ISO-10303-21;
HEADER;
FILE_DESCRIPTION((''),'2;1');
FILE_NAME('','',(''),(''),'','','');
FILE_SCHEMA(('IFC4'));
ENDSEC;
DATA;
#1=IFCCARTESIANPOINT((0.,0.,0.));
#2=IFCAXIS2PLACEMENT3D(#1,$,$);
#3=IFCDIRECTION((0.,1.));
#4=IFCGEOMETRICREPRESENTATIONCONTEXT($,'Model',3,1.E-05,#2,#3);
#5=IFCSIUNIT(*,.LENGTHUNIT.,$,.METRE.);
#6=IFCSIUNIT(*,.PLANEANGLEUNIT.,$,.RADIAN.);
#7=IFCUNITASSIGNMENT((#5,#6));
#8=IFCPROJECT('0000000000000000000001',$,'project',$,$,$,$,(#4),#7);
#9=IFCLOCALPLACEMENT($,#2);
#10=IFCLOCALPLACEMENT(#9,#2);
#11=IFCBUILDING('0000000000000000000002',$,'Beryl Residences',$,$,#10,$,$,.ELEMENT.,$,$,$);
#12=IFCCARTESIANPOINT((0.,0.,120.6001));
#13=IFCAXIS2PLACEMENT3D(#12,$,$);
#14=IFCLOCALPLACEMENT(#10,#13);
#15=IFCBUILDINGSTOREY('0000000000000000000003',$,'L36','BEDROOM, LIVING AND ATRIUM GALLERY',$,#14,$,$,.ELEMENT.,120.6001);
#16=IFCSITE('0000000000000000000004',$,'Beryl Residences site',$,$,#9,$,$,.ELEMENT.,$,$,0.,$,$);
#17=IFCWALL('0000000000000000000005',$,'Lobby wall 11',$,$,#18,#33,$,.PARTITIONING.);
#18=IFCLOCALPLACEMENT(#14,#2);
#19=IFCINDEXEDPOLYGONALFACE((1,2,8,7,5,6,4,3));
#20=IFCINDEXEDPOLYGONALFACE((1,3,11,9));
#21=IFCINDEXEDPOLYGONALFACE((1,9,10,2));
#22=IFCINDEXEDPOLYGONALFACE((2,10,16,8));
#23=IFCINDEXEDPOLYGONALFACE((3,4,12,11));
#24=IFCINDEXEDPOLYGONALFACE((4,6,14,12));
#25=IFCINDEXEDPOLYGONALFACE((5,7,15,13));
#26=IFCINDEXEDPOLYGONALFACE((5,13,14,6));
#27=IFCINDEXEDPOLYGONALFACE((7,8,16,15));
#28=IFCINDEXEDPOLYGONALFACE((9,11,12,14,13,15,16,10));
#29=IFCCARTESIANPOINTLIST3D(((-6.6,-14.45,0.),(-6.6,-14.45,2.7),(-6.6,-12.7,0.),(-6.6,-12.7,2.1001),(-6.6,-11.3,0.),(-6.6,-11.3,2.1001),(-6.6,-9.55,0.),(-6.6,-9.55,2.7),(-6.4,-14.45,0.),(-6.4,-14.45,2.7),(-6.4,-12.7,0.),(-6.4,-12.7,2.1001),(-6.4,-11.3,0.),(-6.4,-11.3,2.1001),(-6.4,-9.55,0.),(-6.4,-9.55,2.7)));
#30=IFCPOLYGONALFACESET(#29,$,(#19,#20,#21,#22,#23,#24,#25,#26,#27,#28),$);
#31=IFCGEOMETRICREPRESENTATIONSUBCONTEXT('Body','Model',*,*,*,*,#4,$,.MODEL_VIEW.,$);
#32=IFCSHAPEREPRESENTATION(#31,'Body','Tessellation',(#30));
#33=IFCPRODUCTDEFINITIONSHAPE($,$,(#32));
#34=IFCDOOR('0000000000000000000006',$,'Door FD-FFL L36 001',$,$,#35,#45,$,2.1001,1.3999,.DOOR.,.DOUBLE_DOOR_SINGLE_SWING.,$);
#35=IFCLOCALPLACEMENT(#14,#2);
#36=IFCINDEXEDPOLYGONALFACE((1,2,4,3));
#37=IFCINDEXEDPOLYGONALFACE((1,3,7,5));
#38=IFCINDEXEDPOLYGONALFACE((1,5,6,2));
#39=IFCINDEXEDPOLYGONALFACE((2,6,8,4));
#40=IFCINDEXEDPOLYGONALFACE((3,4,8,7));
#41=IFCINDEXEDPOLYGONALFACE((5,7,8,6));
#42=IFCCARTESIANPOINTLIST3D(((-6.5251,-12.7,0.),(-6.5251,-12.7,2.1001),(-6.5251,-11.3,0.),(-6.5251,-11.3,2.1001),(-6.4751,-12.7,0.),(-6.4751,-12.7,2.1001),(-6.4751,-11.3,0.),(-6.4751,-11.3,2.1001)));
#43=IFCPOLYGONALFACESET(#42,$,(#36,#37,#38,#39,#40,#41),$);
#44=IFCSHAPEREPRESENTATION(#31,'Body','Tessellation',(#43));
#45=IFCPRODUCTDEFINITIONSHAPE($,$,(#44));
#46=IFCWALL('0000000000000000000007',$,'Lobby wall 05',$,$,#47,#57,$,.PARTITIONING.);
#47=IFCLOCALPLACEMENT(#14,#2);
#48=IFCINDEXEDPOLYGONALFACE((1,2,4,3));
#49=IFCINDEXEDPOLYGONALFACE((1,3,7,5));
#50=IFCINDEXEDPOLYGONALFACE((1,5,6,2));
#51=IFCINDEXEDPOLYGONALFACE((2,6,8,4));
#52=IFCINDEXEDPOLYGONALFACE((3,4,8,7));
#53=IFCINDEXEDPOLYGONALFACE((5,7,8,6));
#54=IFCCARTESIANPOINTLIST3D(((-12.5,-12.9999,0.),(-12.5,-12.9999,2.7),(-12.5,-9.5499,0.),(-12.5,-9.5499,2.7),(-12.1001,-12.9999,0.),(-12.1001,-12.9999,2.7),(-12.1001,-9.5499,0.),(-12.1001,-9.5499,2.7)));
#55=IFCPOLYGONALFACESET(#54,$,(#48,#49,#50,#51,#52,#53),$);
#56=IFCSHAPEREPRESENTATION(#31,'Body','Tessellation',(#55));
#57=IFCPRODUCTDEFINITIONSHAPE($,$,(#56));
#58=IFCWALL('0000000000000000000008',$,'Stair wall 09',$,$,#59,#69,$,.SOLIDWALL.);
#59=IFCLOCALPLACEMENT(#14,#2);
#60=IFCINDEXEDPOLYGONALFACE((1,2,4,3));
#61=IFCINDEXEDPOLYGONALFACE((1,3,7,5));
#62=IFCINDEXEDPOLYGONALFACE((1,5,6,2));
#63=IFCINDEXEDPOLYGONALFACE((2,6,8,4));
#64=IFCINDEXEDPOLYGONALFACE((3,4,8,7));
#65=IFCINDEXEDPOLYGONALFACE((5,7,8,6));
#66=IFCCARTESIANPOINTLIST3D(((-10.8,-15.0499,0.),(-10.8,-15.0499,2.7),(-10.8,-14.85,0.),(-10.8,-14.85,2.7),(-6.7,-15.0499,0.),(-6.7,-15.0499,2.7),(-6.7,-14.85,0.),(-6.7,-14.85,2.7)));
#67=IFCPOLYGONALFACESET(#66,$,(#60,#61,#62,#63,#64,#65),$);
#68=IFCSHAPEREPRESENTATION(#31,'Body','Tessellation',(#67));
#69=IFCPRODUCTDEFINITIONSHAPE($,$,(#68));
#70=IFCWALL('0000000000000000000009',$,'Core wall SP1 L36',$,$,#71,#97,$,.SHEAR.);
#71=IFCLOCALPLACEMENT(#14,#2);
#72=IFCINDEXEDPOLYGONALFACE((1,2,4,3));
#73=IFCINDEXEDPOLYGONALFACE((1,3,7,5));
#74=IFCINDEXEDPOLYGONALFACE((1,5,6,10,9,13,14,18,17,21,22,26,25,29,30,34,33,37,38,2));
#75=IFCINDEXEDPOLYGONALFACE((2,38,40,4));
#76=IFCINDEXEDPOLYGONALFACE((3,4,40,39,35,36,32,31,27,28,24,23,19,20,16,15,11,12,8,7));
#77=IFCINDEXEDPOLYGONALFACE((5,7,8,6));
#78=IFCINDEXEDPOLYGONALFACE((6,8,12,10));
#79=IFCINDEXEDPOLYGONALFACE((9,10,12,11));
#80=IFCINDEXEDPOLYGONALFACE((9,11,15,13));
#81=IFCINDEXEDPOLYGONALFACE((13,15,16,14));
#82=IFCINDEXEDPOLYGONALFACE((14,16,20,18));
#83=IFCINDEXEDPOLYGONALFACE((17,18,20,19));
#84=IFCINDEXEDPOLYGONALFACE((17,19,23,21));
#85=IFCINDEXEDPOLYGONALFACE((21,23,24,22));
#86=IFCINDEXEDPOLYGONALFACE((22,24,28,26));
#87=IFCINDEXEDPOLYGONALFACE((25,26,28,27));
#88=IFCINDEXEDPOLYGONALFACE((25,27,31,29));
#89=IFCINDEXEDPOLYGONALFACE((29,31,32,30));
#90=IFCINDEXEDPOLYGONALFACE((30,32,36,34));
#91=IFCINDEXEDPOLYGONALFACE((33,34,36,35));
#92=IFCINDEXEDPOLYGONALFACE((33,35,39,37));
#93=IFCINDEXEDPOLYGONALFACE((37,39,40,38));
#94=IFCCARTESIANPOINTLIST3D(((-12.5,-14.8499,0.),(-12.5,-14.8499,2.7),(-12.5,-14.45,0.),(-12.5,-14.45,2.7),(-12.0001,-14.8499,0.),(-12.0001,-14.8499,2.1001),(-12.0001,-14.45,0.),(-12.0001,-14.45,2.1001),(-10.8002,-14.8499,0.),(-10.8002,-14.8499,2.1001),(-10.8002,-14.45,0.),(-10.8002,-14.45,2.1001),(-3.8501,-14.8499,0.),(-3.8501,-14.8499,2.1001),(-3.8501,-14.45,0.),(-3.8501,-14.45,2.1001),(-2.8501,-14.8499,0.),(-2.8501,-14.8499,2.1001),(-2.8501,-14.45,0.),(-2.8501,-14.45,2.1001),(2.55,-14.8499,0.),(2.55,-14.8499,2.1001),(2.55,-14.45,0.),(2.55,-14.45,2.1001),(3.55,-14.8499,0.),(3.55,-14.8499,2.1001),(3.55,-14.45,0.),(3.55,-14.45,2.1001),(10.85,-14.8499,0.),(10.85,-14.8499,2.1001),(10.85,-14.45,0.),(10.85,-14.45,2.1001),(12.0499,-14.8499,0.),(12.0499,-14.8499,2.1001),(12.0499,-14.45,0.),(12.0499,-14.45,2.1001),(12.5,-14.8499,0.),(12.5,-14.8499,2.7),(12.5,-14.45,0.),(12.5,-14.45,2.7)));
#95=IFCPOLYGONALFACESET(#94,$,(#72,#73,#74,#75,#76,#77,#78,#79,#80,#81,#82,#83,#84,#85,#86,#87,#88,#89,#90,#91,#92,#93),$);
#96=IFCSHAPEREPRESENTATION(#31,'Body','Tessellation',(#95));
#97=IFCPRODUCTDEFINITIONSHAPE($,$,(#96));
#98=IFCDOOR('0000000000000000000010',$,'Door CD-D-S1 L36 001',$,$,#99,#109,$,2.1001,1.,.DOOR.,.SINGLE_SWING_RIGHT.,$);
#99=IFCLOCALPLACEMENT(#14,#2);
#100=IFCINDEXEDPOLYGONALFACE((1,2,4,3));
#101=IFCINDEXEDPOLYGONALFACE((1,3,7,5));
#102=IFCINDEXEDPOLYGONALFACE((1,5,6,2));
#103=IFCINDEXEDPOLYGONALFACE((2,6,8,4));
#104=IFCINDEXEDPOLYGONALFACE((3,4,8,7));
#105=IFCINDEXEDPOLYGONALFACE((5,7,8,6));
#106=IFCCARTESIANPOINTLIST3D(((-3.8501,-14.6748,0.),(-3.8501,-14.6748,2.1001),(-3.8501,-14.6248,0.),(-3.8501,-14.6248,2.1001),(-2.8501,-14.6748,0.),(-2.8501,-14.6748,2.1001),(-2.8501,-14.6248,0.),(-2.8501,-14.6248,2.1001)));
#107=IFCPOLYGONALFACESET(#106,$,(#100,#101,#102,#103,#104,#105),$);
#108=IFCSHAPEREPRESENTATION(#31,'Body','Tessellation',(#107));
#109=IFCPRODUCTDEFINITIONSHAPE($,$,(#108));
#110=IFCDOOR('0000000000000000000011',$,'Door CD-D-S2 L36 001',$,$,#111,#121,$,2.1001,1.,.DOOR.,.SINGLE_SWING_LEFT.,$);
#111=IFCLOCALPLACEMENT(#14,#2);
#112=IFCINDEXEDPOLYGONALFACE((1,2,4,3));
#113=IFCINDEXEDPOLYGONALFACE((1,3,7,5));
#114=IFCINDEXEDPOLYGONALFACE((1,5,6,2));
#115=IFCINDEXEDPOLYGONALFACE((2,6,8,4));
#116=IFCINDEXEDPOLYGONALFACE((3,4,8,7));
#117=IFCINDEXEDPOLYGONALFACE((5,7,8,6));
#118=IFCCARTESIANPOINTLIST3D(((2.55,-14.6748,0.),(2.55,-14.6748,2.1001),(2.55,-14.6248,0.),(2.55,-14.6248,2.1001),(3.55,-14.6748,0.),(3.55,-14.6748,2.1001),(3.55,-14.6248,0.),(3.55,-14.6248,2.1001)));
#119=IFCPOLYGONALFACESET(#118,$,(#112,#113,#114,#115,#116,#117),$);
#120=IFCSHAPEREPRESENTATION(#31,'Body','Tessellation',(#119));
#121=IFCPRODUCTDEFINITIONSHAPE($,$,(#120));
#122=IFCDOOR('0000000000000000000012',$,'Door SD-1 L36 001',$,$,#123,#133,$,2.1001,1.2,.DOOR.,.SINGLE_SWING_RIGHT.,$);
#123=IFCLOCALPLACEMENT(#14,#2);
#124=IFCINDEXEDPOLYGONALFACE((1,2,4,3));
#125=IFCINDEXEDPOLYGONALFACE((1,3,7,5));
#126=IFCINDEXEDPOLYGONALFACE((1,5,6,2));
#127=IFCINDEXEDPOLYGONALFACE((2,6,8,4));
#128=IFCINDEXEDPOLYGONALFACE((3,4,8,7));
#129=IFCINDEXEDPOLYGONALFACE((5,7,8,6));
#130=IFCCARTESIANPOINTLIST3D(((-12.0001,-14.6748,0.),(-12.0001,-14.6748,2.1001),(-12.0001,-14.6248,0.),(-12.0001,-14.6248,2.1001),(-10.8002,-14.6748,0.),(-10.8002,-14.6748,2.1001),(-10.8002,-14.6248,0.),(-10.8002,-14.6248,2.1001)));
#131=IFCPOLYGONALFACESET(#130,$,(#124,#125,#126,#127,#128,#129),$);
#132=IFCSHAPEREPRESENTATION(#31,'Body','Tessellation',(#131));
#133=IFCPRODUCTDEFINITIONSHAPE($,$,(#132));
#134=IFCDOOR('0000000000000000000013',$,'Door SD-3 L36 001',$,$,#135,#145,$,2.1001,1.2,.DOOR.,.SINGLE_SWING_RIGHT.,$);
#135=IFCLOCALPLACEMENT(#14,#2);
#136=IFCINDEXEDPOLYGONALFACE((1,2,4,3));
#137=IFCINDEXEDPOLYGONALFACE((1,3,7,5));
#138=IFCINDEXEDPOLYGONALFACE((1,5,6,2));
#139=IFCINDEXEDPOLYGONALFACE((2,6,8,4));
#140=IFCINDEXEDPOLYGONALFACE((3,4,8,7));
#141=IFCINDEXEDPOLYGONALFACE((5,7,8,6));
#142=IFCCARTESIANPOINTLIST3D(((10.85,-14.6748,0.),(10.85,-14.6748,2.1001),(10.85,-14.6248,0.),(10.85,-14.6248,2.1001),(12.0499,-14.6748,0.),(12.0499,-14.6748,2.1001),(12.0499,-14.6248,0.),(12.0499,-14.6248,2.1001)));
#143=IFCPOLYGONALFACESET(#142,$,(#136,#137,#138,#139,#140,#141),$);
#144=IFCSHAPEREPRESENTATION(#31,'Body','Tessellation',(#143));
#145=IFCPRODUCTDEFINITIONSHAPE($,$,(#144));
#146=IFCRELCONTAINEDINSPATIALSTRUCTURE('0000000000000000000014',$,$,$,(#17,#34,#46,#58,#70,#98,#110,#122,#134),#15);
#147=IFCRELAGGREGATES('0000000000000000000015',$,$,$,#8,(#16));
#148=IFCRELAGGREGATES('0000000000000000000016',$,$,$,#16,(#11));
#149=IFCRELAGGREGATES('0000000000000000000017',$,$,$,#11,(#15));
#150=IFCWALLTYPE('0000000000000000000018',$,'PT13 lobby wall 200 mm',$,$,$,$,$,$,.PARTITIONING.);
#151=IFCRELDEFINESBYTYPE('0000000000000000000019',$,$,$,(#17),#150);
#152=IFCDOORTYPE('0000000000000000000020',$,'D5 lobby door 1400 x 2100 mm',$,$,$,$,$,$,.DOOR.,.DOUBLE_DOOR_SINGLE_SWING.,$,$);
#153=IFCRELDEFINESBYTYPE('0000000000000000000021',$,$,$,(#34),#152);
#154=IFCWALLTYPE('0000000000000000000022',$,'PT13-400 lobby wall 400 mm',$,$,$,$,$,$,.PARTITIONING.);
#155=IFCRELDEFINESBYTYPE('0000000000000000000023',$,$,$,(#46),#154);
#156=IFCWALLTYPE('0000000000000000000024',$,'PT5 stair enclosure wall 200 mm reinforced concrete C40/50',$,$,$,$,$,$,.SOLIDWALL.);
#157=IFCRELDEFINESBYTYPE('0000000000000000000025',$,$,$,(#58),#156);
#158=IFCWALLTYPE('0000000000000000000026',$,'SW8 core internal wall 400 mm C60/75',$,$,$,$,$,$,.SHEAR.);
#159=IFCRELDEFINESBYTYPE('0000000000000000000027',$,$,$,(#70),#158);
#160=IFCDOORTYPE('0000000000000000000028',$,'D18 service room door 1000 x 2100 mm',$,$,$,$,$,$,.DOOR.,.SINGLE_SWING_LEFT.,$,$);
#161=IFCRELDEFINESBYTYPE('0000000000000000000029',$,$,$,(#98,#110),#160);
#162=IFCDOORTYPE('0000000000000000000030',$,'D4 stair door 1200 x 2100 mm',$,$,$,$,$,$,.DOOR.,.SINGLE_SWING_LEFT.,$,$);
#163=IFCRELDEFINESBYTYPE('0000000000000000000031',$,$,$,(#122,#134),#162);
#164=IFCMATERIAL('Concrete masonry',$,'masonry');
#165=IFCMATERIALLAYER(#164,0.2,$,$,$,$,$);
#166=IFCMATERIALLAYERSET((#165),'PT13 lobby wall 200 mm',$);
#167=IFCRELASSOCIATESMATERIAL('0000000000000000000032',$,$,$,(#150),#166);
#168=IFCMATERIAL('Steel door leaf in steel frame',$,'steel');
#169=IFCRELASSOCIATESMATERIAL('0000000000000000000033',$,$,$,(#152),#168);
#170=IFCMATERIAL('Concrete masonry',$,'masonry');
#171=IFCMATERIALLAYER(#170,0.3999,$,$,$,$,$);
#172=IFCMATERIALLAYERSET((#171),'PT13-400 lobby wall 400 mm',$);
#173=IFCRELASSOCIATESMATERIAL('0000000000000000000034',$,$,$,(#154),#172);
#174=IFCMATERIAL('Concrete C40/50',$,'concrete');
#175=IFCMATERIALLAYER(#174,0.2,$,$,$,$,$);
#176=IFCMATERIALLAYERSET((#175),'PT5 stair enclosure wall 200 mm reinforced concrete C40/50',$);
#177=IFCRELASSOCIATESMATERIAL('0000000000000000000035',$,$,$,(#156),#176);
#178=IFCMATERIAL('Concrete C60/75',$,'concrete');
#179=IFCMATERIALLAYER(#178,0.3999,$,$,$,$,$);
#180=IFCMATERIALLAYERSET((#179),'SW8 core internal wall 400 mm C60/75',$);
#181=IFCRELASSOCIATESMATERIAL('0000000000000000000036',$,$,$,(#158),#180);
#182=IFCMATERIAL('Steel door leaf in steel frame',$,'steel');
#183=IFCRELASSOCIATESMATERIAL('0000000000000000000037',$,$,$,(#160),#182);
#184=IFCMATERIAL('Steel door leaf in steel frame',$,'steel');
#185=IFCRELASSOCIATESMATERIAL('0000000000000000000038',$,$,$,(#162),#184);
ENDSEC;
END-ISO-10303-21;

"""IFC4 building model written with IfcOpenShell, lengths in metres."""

from ifc_helpers import new_model, si_unit, direction, frame, frame_2d, origin, place, context, subcontext, project, spatial, rectangle, extrude, material, layer, layer_set, type_object, element, fill, save


model = new_model("IFC4")

# Units and contexts
model_context = context("Model", 3, precision=1e-05, world=origin(), true_north=direction((0.0, 1.0)))
body_context = subcontext(model_context, "Body", "Model", "MODEL_VIEW")
ifc_project = project(units=[si_unit("LENGTHUNIT", "METRE"), si_unit("PLANEANGLEUNIT", "RADIAN")], contexts=[model_context])

# Site, building, storey
site_placement = place(None, origin())
site = spatial("IfcSite", under=ifc_project, at=site_placement, Name="Beryl Residences site", CompositionType="ELEMENT", RefElevation=0.0)
building_placement = place(site_placement, origin())
building = spatial("IfcBuilding", under=site, at=building_placement, Name="Beryl Residences", CompositionType="ELEMENT")
storey_placement = place(building_placement, frame((0.0, 0.0, 120.6001)))
storey = spatial("IfcBuildingStorey", under=building, at=storey_placement, Name="L36", Description="BEDROOM, LIVING AND ATRIUM GALLERY", CompositionType="ELEMENT", Elevation=120.6001)

# Wall, opening, door
ifc_material_1 = material(Name="Concrete masonry", Category="masonry")
ifc_layer_1 = layer(ifc_material_1, 0.2)
ifc_layer_set_1 = layer_set([ifc_layer_1], Name="PT13 lobby wall 200 mm")
wall_type_1 = type_object("IfcWallType", Name="PT13 lobby wall 200 mm", PredefinedType="PARTITIONING", material=ifc_layer_set_1)
wall_1_placement = place(storey_placement, frame((-6.5, -14.45, 0.0), z_axis=(0.0, 0.0, 1.0), x_axis=(0.0, 1.0, 0.0)))
wall_1 = element("IfcWall", 1, at=wall_1_placement, inside=storey, type_object=wall_type_1, Name="Lobby wall 11", PredefinedType="PARTITIONING", context=body_context, shape_type="SweptSolid", body=[
    extrude(rectangle(XDim=4.8999, YDim=0.2, at=frame_2d((2.45, 0.0))), origin(), (0.0, 0.0, 1.0), 2.7),
])
opening_1_placement = place(wall_1_placement, frame((3.1499, 0.0, 0.0), z_axis=(0.0, 0.0, 1.0), x_axis=(-1.0, 0.0, 0.0)))
opening_1 = element("IfcOpeningElement", 2, at=opening_1_placement, cuts=wall_1, PredefinedType="OPENING", context=body_context, shape_type="SweptSolid", body=[
    extrude(rectangle(XDim=1.3999, YDim=2.1001, at=frame_2d((0.7, 1.05))), frame((0.0, 0.1099, 0.0), z_axis=(0.0, -1.0, 0.0), x_axis=(1.0, 0.0, 0.0)), (0.0, 0.0, 1.0), 0.22),
])
ifc_material_2 = material(Name="Steel door leaf in steel frame", Category="steel")
door_type_1 = type_object("IfcDoorType", Name="D5 lobby door 1400 x 2100 mm", OperationType="DOUBLE_DOOR_SINGLE_SWING", PredefinedType="DOOR", material=ifc_material_2)
door_1_placement = place(opening_1_placement, origin())
door_1 = element("IfcDoor", 3, at=door_1_placement, inside=storey, type_object=door_type_1, Name="Door FD-FFL L36 001", OperationType="DOUBLE_DOOR_SINGLE_SWING", OverallHeight=2.1001, OverallWidth=1.3999, PredefinedType="DOOR", context=body_context, shape_type="SweptSolid", body=[
    extrude(rectangle(XDim=1.3999, YDim=2.1001, at=frame_2d((0.7, 1.05))), frame((0.0, 0.0249, 0.0), z_axis=(0.0, -1.0, 0.0), x_axis=(1.0, 0.0, 0.0)), (0.0, 0.0, 1.0), 0.05),
])
fill(opening_1, door_1)

# Walls
ifc_material_3 = material(Name="Concrete masonry", Category="masonry")
ifc_layer_2 = layer(ifc_material_3, 0.3999)
ifc_layer_set_2 = layer_set([ifc_layer_2], Name="PT13-400 lobby wall 400 mm")
wall_type_2 = type_object("IfcWallType", Name="PT13-400 lobby wall 400 mm", PredefinedType="PARTITIONING", material=ifc_layer_set_2)
wall_2_placement = place(storey_placement, frame((-12.3, -13.0, 0.0), z_axis=(0.0, 0.0, 1.0), x_axis=(0.0, 1.0, 0.0)))
element("IfcWall", 4, at=wall_2_placement, inside=storey, type_object=wall_type_2, Name="Lobby wall 05", PredefinedType="PARTITIONING", context=body_context, shape_type="SweptSolid", body=[
    extrude(rectangle(XDim=3.45, YDim=0.3999, at=frame_2d((1.7251, 0.0))), origin(), (0.0, 0.0, 1.0), 2.7),
])
ifc_material_4 = material(Name="Concrete C40/50", Category="concrete")
ifc_layer_3 = layer(ifc_material_4, 0.2)
ifc_layer_set_3 = layer_set([ifc_layer_3], Name="PT5 stair enclosure wall 200 mm reinforced concrete C40/50")
wall_type_3 = type_object("IfcWallType", Name="PT5 stair enclosure wall 200 mm reinforced concrete C40/50", PredefinedType="SOLIDWALL", material=ifc_layer_set_3)
wall_3_placement = place(storey_placement, frame((-10.8, -14.95, 0.0), z_axis=(0.0, 0.0, 1.0), x_axis=(1.0, 0.0, 0.0)))
element("IfcWall", 5, at=wall_3_placement, inside=storey, type_object=wall_type_3, Name="Stair wall 09", PredefinedType="SOLIDWALL", context=body_context, shape_type="SweptSolid", body=[
    extrude(rectangle(XDim=4.1001, YDim=0.2, at=frame_2d((2.05, 0.0))), origin(), (0.0, 0.0, 1.0), 2.7),
])

# Wall, openings, doors
ifc_material_5 = material(Name="Concrete C60/75", Category="concrete")
ifc_layer_4 = layer(ifc_material_5, 0.3999)
ifc_layer_set_4 = layer_set([ifc_layer_4], Name="SW8 core internal wall 400 mm C60/75")
wall_type_4 = type_object("IfcWallType", Name="SW8 core internal wall 400 mm C60/75", PredefinedType="SHEAR", material=ifc_layer_set_4)
wall_4_placement = place(storey_placement, frame((-12.5, -14.6499, 0.0), z_axis=(0.0, 0.0, 1.0), x_axis=(1.0, 0.0, 0.0)))
wall_4 = element("IfcWall", 6, at=wall_4_placement, inside=storey, type_object=wall_type_4, Name="Core wall SP1 L36", PredefinedType="SHEAR", context=body_context, shape_type="SweptSolid", body=[
    extrude(rectangle(XDim=25.0, YDim=0.3999, at=frame_2d((12.5, 0.0))), origin(), (0.0, 0.0, 1.0), 2.7),
])
opening_2_placement = place(wall_4_placement, frame((1.7, 0.0, 0.0), z_axis=(0.0, 0.0, 1.0), x_axis=(-1.0, 0.0, 0.0)))
opening_2 = element("IfcOpeningElement", 7, at=opening_2_placement, cuts=wall_4, PredefinedType="OPENING", context=body_context, shape_type="SweptSolid", body=[
    extrude(rectangle(XDim=1.2, YDim=2.1001, at=frame_2d((0.6001, 1.05))), frame((0.0, 0.21, 0.0), z_axis=(0.0, -1.0, 0.0), x_axis=(1.0, 0.0, 0.0)), (0.0, 0.0, 1.0), 0.4199),
])
opening_3_placement = place(wall_4_placement, frame((24.55, 0.0, 0.0), z_axis=(0.0, 0.0, 1.0), x_axis=(-1.0, 0.0, 0.0)))
opening_3 = element("IfcOpeningElement", 8, at=opening_3_placement, cuts=wall_4, PredefinedType="OPENING", context=body_context, shape_type="SweptSolid", body=[
    extrude(rectangle(XDim=1.2, YDim=2.1001, at=frame_2d((0.6001, 1.05))), frame((0.0, 0.21, 0.0), z_axis=(0.0, -1.0, 0.0), x_axis=(1.0, 0.0, 0.0)), (0.0, 0.0, 1.0), 0.4199),
])
opening_4_placement = place(wall_4_placement, frame((9.6499, 0.0, 0.0), z_axis=(0.0, 0.0, 1.0), x_axis=(-1.0, 0.0, 0.0)))
opening_4 = element("IfcOpeningElement", 9, at=opening_4_placement, cuts=wall_4, PredefinedType="OPENING", context=body_context, shape_type="SweptSolid", body=[
    extrude(rectangle(XDim=1.0, YDim=2.1001, at=frame_2d((0.5, 1.05))), frame((0.0, 0.21, 0.0), z_axis=(0.0, -1.0, 0.0), x_axis=(1.0, 0.0, 0.0)), (0.0, 0.0, 1.0), 0.4199),
])
opening_5_placement = place(wall_4_placement, frame((16.05, 0.0, 0.0), z_axis=(0.0, 0.0, 1.0), x_axis=(-1.0, 0.0, 0.0)))
opening_5 = element("IfcOpeningElement", 10, at=opening_5_placement, cuts=wall_4, PredefinedType="OPENING", context=body_context, shape_type="SweptSolid", body=[
    extrude(rectangle(XDim=1.0, YDim=2.1001, at=frame_2d((0.5, 1.05))), frame((0.0, 0.21, 0.0), z_axis=(0.0, -1.0, 0.0), x_axis=(1.0, 0.0, 0.0)), (0.0, 0.0, 1.0), 0.4199),
])
ifc_material_6 = material(Name="Steel door leaf in steel frame", Category="steel")
door_type_2 = type_object("IfcDoorType", Name="D18 service room door 1000 x 2100 mm", OperationType="SINGLE_SWING_LEFT", PredefinedType="DOOR", material=ifc_material_6)
door_2_placement = place(opening_4_placement, origin())
door_2 = element("IfcDoor", 11, at=door_2_placement, inside=storey, type_object=door_type_2, Name="Door CD-D-S1 L36 001", OperationType="SINGLE_SWING_RIGHT", OverallHeight=2.1001, OverallWidth=1.0, PredefinedType="DOOR", context=body_context, shape_type="SweptSolid", body=[
    extrude(rectangle(XDim=1.0, YDim=2.1001, at=frame_2d((0.5, 1.05))), frame((0.0, 0.0249, 0.0), z_axis=(0.0, -1.0, 0.0), x_axis=(1.0, 0.0, 0.0)), (0.0, 0.0, 1.0), 0.05),
])
fill(opening_4, door_2)
door_3_placement = place(opening_5_placement, origin())
door_3 = element("IfcDoor", 12, at=door_3_placement, inside=storey, type_object=door_type_2, Name="Door CD-D-S2 L36 001", OperationType="SINGLE_SWING_LEFT", OverallHeight=2.1001, OverallWidth=1.0, PredefinedType="DOOR", context=body_context, shape_type="SweptSolid", body=[
    extrude(rectangle(XDim=1.0, YDim=2.1001, at=frame_2d((0.5, 1.05))), frame((0.0, 0.0249, 0.0), z_axis=(0.0, -1.0, 0.0), x_axis=(1.0, 0.0, 0.0)), (0.0, 0.0, 1.0), 0.05),
])
fill(opening_5, door_3)
ifc_material_7 = material(Name="Steel door leaf in steel frame", Category="steel")
door_type_3 = type_object("IfcDoorType", Name="D4 stair door 1200 x 2100 mm", OperationType="SINGLE_SWING_LEFT", PredefinedType="DOOR", material=ifc_material_7)
door_4_placement = place(opening_2_placement, origin())
door_4 = element("IfcDoor", 13, at=door_4_placement, inside=storey, type_object=door_type_3, Name="Door SD-1 L36 001", OperationType="SINGLE_SWING_RIGHT", OverallHeight=2.1001, OverallWidth=1.2, PredefinedType="DOOR", context=body_context, shape_type="SweptSolid", body=[
    extrude(rectangle(XDim=1.2, YDim=2.1001, at=frame_2d((0.6001, 1.05))), frame((0.0, 0.0249, 0.0), z_axis=(0.0, -1.0, 0.0), x_axis=(1.0, 0.0, 0.0)), (0.0, 0.0, 1.0), 0.05),
])
fill(opening_2, door_4)
door_5_placement = place(opening_3_placement, origin())
door_5 = element("IfcDoor", 14, at=door_5_placement, inside=storey, type_object=door_type_3, Name="Door SD-3 L36 001", OperationType="SINGLE_SWING_RIGHT", OverallHeight=2.1001, OverallWidth=1.2, PredefinedType="DOOR", context=body_context, shape_type="SweptSolid", body=[
    extrude(rectangle(XDim=1.2, YDim=2.1001, at=frame_2d((0.6001, 1.05))), frame((0.0, 0.0249, 0.0), z_axis=(0.0, -1.0, 0.0), x_axis=(1.0, 0.0, 0.0)), (0.0, 0.0, 1.0), 0.05),
])
fill(opening_3, door_5)

save(model, "model.ifc")
